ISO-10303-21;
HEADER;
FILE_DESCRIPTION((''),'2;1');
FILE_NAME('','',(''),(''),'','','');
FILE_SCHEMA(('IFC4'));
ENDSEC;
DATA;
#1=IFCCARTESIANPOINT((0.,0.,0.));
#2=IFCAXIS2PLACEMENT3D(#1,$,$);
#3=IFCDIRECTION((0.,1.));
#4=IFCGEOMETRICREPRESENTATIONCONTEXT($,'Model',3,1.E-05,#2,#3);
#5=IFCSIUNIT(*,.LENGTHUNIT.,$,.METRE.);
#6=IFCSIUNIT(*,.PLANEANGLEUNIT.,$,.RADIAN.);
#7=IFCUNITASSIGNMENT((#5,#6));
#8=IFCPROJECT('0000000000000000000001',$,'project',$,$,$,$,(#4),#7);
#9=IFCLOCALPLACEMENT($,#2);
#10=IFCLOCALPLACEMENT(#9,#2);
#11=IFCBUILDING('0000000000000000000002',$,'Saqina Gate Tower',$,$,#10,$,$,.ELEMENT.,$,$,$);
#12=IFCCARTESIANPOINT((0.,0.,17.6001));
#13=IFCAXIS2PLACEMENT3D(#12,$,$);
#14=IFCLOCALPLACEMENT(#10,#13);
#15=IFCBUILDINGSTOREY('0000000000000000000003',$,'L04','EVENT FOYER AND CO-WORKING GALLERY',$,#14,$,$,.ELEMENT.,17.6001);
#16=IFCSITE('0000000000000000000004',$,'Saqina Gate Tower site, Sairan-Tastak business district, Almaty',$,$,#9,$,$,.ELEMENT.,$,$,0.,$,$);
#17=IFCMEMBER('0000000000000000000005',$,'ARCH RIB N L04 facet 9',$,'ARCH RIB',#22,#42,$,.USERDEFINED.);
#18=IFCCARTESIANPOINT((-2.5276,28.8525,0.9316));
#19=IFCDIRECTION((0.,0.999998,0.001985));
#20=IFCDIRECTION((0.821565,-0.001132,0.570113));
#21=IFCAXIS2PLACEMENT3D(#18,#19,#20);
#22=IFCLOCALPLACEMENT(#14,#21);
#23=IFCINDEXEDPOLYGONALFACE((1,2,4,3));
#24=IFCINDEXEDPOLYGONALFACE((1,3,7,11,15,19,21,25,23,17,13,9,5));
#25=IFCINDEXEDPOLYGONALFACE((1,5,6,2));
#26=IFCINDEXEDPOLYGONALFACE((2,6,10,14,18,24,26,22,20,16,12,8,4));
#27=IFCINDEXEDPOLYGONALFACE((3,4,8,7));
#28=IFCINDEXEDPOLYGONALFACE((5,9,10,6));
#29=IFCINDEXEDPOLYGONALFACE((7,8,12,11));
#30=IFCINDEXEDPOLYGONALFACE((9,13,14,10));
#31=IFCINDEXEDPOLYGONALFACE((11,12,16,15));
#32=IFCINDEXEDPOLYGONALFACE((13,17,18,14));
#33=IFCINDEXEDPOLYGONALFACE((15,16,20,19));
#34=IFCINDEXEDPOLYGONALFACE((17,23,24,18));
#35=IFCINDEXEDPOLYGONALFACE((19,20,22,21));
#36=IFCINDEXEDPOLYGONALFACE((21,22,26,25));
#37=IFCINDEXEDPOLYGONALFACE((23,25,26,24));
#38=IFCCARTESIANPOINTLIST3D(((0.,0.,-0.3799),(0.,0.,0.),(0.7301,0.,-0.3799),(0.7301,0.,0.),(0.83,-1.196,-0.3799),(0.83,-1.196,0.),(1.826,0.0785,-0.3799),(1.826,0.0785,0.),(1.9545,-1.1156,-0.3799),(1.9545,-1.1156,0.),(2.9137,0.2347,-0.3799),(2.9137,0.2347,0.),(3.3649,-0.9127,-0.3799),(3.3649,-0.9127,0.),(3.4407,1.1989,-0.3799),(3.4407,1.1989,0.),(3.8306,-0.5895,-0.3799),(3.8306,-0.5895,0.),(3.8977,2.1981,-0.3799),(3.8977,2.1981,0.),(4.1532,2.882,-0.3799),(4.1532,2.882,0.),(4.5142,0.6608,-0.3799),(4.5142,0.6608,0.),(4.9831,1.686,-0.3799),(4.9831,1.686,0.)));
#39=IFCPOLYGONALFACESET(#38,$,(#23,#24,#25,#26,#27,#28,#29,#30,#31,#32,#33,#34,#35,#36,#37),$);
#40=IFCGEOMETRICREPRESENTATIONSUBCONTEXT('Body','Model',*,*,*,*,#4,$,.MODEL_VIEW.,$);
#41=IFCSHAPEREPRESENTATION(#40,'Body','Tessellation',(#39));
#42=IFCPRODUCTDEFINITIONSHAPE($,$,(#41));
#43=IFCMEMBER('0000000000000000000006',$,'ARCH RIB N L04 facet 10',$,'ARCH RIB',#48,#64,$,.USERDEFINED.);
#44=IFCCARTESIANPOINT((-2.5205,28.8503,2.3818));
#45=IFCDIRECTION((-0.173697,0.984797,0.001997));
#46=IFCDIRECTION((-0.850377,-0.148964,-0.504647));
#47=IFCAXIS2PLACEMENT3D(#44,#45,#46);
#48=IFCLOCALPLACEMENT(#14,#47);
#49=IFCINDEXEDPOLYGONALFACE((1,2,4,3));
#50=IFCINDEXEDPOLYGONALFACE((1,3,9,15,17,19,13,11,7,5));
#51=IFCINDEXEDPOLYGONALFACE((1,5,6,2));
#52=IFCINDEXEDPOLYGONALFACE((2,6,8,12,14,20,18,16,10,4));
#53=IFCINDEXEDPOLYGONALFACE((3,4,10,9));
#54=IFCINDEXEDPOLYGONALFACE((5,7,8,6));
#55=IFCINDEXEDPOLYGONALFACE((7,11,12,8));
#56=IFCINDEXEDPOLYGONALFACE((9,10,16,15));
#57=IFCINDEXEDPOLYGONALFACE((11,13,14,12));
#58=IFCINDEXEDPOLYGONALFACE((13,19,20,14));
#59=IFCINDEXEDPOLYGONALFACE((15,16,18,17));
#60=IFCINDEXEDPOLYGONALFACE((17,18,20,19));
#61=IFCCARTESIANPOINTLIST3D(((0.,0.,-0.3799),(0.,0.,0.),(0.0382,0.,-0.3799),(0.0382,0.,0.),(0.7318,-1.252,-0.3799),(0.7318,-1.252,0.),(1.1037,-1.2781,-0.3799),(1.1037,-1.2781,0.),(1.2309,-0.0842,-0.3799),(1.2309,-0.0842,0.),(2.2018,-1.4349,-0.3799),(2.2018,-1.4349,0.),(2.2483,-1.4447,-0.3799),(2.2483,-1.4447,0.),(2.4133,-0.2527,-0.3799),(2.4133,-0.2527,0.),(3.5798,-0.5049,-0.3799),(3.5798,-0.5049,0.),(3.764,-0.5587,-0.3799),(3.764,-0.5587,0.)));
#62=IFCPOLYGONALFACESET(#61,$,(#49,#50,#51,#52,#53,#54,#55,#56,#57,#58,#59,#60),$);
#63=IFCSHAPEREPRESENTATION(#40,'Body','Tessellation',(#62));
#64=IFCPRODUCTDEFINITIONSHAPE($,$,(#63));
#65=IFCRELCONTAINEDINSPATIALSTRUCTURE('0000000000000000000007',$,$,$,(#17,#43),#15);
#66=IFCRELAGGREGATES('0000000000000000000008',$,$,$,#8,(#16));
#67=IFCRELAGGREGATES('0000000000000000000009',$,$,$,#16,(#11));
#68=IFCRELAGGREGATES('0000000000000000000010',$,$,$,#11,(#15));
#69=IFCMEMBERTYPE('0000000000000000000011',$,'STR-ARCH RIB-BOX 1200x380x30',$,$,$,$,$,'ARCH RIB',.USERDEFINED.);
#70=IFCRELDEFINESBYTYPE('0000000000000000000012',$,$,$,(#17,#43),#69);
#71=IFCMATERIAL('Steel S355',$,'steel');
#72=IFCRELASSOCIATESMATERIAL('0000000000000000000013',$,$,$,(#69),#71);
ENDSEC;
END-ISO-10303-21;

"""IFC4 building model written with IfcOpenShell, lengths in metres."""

from ifc_helpers import new_model, si_unit, direction, frame, origin, origin_2d, place, context, subcontext, project, spatial, polyline, hollow_rectangle, outline, extrude, material, material_profile, profile_set, type_object, element, save


model = new_model("IFC4")

# Units and contexts
model_context = context("Model", 3, precision=1e-05, world=origin(), true_north=direction((0.0, 1.0)))
body_context = subcontext(model_context, "Body", "Model", "MODEL_VIEW")
ifc_project = project(units=[si_unit("LENGTHUNIT", "METRE"), si_unit("PLANEANGLEUNIT", "RADIAN")], contexts=[model_context])

# Site, building, storey
site_placement = place(None, origin())
site = spatial("IfcSite", under=ifc_project, at=site_placement, Name="Saqina Gate Tower site, Sairan-Tastak business district, Almaty", CompositionType="ELEMENT", RefElevation=0.0)
building_placement = place(site_placement, origin())
building = spatial("IfcBuilding", under=site, at=building_placement, Name="Saqina Gate Tower", CompositionType="ELEMENT")
storey_placement = place(building_placement, frame((0.0, 0.0, 17.6001)))
storey = spatial("IfcBuildingStorey", under=building, at=storey_placement, Name="L04", Description="EVENT FOYER AND CO-WORKING GALLERY", CompositionType="ELEMENT", Elevation=17.6001)

# Members
ifc_material_1 = material(Name="Steel S355", Category="steel")
ifc_material_profile_1 = material_profile(ifc_material_1, hollow_rectangle(XDim=1.2, YDim=0.3799, WallThickness=0.03, at=origin_2d()), Name="BOX 1200x380x30")
ifc_profile_set_1 = profile_set([ifc_material_profile_1], Name="Steel S355")
member_type_1 = type_object("IfcMemberType", Name="STR-ARCH RIB-BOX 1200x380x30", ElementType="ARCH RIB", PredefinedType="USERDEFINED", material=ifc_profile_set_1)
member_1_placement = place(storey_placement, frame((-2.5276, 28.8525, 0.9316), z_axis=(0.0, 0.999998, 0.001985), x_axis=(0.821565, -0.001132, 0.570113)))
element("IfcMember", 1, at=member_1_placement, inside=storey, type_object=member_type_1, Name="ARCH RIB N L04 facet 9", ObjectType="ARCH RIB", PredefinedType="USERDEFINED", context=body_context, shape_type="SweptSolid", body=[
    extrude(outline(polyline([(0.0, 0.0), (0.7301, 0.0), (1.826, 0.0785), (2.9137, 0.2347), (3.4407, 1.1989), (3.8977, 2.1981), (4.1532, 2.882), (4.9831, 1.686), (4.5142, 0.6608), (3.8306, -0.5895), (3.3649, -0.9127), (1.9545, -1.1156), (0.83, -1.196), (0.0, 0.0)])), origin(), (0.0, 0.0, -1.0), 0.3799),
])
member_2_placement = place(storey_placement, frame((-2.5205, 28.8503, 2.3818), z_axis=(-0.173697, 0.984797, 0.001997), x_axis=(-0.850377, -0.148964, -0.504647)))
element("IfcMember", 2, at=member_2_placement, inside=storey, type_object=member_type_1, Name="ARCH RIB N L04 facet 10", ObjectType="ARCH RIB", PredefinedType="USERDEFINED", context=body_context, shape_type="SweptSolid", body=[
    extrude(outline(polyline([(0.0, 0.0), (0.0382, 0.0), (1.2309, -0.0842), (2.4133, -0.2527), (3.5798, -0.5049), (3.764, -0.5587), (2.2483, -1.4447), (2.2018, -1.4349), (1.1037, -1.2781), (0.7318, -1.252), (0.0, 0.0)])), origin(), (0.0, 0.0, -1.0), 0.3799),
])

save(model, "model.ifc")
